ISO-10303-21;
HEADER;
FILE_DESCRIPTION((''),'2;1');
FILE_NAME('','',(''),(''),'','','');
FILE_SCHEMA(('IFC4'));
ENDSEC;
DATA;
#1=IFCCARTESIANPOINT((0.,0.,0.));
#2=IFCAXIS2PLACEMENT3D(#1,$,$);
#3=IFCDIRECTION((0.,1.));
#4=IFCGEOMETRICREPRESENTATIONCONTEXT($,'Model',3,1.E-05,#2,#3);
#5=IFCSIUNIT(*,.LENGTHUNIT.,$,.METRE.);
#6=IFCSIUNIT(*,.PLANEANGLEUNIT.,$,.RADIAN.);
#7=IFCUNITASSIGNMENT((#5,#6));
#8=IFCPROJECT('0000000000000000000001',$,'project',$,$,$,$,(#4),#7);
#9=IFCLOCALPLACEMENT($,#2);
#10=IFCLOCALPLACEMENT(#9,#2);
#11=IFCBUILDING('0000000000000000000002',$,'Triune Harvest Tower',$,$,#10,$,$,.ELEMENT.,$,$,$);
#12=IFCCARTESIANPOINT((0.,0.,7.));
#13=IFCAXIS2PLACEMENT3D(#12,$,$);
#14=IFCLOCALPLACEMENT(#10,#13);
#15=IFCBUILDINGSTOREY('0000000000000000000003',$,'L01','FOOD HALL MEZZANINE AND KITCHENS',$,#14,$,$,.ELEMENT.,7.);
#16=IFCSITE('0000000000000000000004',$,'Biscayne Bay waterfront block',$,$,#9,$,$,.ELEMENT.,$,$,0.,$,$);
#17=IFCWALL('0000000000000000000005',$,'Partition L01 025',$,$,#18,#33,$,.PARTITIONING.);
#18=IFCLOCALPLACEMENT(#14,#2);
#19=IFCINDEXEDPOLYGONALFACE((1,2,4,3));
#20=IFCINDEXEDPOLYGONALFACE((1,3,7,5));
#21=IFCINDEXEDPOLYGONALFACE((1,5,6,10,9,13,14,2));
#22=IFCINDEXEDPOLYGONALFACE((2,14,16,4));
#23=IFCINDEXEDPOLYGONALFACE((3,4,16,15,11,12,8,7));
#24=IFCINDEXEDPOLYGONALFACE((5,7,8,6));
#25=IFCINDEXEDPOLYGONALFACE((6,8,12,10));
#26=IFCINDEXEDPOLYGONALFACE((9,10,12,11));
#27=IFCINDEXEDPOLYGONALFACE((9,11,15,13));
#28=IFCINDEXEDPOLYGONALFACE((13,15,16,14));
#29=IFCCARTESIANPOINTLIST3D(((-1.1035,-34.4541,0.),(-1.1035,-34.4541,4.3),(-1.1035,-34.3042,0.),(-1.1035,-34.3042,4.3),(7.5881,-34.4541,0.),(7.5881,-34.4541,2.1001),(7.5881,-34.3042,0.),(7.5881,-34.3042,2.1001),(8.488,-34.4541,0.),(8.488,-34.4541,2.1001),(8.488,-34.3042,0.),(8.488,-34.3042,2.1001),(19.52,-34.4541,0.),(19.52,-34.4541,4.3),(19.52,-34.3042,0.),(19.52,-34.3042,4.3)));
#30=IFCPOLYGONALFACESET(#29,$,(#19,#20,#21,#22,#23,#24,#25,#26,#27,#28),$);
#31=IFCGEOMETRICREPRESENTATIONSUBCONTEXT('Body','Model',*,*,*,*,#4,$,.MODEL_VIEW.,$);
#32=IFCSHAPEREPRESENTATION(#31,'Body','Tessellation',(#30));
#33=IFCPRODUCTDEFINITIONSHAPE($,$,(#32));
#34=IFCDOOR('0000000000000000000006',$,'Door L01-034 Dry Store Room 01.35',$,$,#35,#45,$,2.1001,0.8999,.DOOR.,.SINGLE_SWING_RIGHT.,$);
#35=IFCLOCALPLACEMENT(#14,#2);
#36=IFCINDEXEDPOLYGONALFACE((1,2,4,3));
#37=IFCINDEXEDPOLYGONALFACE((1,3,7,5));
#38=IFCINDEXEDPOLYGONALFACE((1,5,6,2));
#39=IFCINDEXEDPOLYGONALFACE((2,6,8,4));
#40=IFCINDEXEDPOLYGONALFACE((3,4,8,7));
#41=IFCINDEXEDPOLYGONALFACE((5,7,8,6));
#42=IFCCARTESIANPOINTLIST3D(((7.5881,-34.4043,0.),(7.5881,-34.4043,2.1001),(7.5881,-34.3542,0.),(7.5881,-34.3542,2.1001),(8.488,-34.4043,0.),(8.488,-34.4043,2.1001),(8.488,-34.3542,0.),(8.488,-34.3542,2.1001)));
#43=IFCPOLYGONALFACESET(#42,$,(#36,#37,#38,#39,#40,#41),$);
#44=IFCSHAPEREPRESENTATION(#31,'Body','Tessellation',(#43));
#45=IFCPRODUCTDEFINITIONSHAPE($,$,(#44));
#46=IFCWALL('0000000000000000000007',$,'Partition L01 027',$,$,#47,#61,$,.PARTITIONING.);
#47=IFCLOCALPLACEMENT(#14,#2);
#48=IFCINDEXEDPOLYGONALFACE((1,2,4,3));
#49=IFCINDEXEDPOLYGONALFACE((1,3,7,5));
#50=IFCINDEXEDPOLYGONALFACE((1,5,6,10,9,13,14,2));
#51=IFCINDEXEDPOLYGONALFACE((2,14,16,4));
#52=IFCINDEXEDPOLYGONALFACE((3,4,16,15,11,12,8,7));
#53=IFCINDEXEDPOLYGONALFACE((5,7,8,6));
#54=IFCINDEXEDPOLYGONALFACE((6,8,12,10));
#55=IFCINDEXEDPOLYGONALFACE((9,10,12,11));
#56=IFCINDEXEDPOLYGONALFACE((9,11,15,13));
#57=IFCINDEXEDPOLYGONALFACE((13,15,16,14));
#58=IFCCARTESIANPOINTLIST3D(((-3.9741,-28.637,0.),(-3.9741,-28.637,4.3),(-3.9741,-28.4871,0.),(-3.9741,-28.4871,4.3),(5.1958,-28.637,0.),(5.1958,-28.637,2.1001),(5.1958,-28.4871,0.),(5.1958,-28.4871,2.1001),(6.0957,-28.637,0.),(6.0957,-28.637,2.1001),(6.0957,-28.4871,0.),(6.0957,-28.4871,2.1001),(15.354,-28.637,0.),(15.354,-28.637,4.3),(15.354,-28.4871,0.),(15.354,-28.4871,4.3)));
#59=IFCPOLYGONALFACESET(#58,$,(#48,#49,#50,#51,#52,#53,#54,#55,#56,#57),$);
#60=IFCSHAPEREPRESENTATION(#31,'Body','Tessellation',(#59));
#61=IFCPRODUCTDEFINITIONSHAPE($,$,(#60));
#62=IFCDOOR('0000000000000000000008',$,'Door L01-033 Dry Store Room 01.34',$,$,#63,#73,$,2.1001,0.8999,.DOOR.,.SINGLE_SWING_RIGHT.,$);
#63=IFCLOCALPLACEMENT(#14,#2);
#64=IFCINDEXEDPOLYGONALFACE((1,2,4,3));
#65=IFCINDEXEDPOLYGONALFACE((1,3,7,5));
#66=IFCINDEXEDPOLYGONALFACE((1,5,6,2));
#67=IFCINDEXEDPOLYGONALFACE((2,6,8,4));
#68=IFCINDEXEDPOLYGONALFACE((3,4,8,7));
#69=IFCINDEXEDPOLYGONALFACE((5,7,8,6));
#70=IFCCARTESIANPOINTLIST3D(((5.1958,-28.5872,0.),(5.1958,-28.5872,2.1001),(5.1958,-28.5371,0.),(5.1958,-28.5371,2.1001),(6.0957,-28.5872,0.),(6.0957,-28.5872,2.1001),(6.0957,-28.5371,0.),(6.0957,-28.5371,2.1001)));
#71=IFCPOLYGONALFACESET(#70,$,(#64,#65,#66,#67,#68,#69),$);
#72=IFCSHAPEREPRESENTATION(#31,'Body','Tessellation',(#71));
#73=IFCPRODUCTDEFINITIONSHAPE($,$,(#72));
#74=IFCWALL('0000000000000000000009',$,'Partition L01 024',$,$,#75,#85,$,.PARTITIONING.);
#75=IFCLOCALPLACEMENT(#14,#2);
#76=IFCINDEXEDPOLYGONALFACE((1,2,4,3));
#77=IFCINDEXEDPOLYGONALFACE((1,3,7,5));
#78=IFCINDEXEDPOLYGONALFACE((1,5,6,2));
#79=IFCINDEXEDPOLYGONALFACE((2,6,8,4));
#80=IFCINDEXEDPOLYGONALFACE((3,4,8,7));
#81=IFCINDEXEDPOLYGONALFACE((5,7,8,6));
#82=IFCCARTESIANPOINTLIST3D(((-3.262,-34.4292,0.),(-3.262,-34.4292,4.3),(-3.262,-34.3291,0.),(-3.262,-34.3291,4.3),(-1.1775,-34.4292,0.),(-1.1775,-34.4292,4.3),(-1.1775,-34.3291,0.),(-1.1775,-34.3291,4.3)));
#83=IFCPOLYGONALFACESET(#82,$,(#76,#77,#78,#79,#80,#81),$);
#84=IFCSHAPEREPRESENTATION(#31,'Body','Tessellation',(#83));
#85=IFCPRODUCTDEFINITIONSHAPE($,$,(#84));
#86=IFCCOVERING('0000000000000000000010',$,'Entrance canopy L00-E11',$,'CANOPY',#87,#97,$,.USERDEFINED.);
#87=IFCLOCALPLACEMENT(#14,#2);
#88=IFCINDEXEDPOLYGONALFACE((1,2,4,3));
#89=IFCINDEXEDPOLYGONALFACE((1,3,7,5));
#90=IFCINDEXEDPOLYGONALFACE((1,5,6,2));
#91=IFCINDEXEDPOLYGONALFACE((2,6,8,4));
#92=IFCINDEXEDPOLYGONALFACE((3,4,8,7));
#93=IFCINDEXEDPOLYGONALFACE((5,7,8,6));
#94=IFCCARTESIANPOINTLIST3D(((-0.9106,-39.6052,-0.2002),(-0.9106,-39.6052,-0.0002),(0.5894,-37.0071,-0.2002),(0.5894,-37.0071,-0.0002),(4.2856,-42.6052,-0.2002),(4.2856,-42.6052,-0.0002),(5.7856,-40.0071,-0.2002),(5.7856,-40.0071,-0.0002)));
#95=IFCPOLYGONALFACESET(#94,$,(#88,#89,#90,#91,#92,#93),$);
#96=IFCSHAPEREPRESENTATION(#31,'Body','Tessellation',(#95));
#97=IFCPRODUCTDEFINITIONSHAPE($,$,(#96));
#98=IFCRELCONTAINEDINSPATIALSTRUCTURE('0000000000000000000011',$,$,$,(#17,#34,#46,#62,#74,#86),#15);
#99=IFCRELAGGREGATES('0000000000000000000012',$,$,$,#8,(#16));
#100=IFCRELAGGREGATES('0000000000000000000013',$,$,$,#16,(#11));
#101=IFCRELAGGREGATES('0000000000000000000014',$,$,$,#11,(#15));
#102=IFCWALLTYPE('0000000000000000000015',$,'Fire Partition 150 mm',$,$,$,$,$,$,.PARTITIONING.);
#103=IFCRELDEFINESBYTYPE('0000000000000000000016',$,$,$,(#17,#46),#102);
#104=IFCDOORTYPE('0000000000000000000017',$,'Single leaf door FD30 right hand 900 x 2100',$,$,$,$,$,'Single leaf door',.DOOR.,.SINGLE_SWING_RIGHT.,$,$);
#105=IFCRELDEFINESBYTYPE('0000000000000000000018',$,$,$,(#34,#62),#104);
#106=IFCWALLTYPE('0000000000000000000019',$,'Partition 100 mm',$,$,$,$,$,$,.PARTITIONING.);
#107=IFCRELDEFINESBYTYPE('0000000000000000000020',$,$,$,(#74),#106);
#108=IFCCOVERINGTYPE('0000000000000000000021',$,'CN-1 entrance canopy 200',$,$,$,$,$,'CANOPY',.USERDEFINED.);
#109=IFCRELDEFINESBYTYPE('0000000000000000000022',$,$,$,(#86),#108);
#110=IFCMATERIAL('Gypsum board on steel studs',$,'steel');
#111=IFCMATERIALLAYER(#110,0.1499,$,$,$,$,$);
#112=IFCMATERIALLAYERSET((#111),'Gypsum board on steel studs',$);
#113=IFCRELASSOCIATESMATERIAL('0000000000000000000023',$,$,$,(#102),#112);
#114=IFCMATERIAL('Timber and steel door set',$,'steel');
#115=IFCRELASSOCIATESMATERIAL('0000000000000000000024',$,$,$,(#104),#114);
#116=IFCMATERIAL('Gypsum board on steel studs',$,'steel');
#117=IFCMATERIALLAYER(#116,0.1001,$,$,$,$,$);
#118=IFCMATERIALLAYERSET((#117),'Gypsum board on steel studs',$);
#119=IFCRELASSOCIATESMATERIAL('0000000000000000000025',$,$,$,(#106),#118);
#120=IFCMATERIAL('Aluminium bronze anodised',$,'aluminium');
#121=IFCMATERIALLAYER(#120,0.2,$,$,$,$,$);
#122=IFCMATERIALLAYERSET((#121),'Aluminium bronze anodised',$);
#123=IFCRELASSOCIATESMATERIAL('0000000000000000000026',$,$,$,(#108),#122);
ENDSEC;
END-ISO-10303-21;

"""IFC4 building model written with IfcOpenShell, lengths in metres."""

from ifc_helpers import new_model, si_unit, direction, frame, frame_2d, origin, origin_2d, place, context, subcontext, project, spatial, rectangle, extrude, source, transform, mapped, material, layer, layer_set, type_object, element, fill, save


model = new_model("IFC4")

# Units and contexts
model_context = context("Model", 3, precision=1e-05, world=origin(), true_north=direction((0.0, 1.0)))
body_context = subcontext(model_context, "Body", "Model", "MODEL_VIEW")
ifc_project = project(units=[si_unit("LENGTHUNIT", "METRE"), si_unit("PLANEANGLEUNIT", "RADIAN")], contexts=[model_context])

# Site, building, storey
site_placement = place(None, origin())
site = spatial("IfcSite", under=ifc_project, at=site_placement, Name="Biscayne Bay waterfront block", CompositionType="ELEMENT", RefElevation=0.0)
building_placement = place(site_placement, origin())
building = spatial("IfcBuilding", under=site, at=building_placement, Name="Triune Harvest Tower", CompositionType="ELEMENT")
storey_placement = place(building_placement, frame((0.0, 0.0, 7.0)))
storey = spatial("IfcBuildingStorey", under=building, at=storey_placement, Name="L01", Description="FOOD HALL MEZZANINE AND KITCHENS", CompositionType="ELEMENT", Elevation=7.0)

# Walls, openings, doors
ifc_material_1 = material(Name="Gypsum board on steel studs", Category="steel")
ifc_layer_1 = layer(ifc_material_1, 0.1499)
ifc_layer_set_1 = layer_set([ifc_layer_1], Name="Gypsum board on steel studs")
wall_type_1 = type_object("IfcWallType", Name="Fire Partition 150 mm", PredefinedType="PARTITIONING", material=ifc_layer_set_1)
ifc_material_2 = material(Name="Timber and steel door set", Category="steel")
door_type = type_object("IfcDoorType", Name="Single leaf door FD30 right hand 900 x 2100", ElementType="Single leaf door", OperationType="SINGLE_SWING_RIGHT", PredefinedType="DOOR", material=ifc_material_2)
wall_1_placement = place(storey_placement, frame((-1.1035, -34.3792, 0.0), z_axis=(0.0, 0.0, 1.0), x_axis=(1.0, 0.0, 0.0)))
wall_1 = element("IfcWall", 1, at=wall_1_placement, inside=storey, type_object=wall_type_1, Name="Partition L01 025", PredefinedType="PARTITIONING", context=body_context, shape_type="SweptSolid", body=[
    extrude(rectangle(XDim=20.6235, YDim=0.1499, at=frame_2d((10.3118, 0.0))), origin(), (0.0, 0.0, 1.0), 4.3),
])
opening_1_placement = place(wall_1_placement, frame((8.6917, 0.0, 0.0)))
opening_1 = element("IfcOpeningElement", 2, at=opening_1_placement, cuts=wall_1, PredefinedType="OPENING", context=body_context, shape_type="SweptSolid", body=[
    extrude(rectangle(XDim=0.8999, YDim=2.1001, at=frame_2d((0.45, 1.05))), frame((0.0, 0.085, 0.0), z_axis=(0.0, -1.0, 0.0), x_axis=(1.0, 0.0, 0.0)), (0.0, 0.0, 1.0), 0.1699),
])
door_1_placement = place(opening_1_placement, origin())
door_1 = element("IfcDoor", 3, at=door_1_placement, inside=storey, type_object=door_type, Name="Door L01-034 Dry Store Room 01.35", OperationType="SINGLE_SWING_RIGHT", OverallHeight=2.1001, OverallWidth=0.8999, PredefinedType="DOOR", context=body_context, shape_type="SweptSolid", body=[
    extrude(rectangle(XDim=0.8999, YDim=2.1001, at=frame_2d((0.45, 1.05))), frame((0.0, 0.0249, 0.0), z_axis=(0.0, -1.0, 0.0), x_axis=(1.0, 0.0, 0.0)), (0.0, 0.0, 1.0), 0.05),
])
fill(opening_1, door_1)
wall_2_placement = place(storey_placement, frame((-3.9741, -28.562, 0.0), z_axis=(0.0, 0.0, 1.0), x_axis=(1.0, 0.0, 0.0)))
wall_2 = element("IfcWall", 4, at=wall_2_placement, inside=storey, type_object=wall_type_1, Name="Partition L01 027", PredefinedType="PARTITIONING", context=body_context, shape_type="SweptSolid", body=[
    extrude(rectangle(XDim=19.3281, YDim=0.1499, at=frame_2d((9.6641, 0.0))), origin(), (0.0, 0.0, 1.0), 4.3),
])
opening_2_placement = place(wall_2_placement, frame((9.1699, 0.0, 0.0)))
opening_2 = element("IfcOpeningElement", 5, at=opening_2_placement, cuts=wall_2, PredefinedType="OPENING", context=body_context, shape_type="SweptSolid", body=[
    extrude(rectangle(XDim=0.8999, YDim=2.1001, at=frame_2d((0.45, 1.05))), frame((0.0, 0.085, 0.0), z_axis=(0.0, -1.0, 0.0), x_axis=(1.0, 0.0, 0.0)), (0.0, 0.0, 1.0), 0.1699),
])
door_2_placement = place(opening_2_placement, origin())
door_2 = element("IfcDoor", 6, at=door_2_placement, inside=storey, type_object=door_type, Name="Door L01-033 Dry Store Room 01.34", OperationType="SINGLE_SWING_RIGHT", OverallHeight=2.1001, OverallWidth=0.8999, PredefinedType="DOOR", context=body_context, shape_type="SweptSolid", body=[
    extrude(rectangle(XDim=0.8999, YDim=2.1001, at=frame_2d((0.45, 1.05))), frame((0.0, 0.0249, 0.0), z_axis=(0.0, -1.0, 0.0), x_axis=(1.0, 0.0, 0.0)), (0.0, 0.0, 1.0), 0.05),
])
fill(opening_2, door_2)

# Wall
ifc_material_3 = material(Name="Gypsum board on steel studs", Category="steel")
ifc_layer_2 = layer(ifc_material_3, 0.1001)
ifc_layer_set_2 = layer_set([ifc_layer_2], Name="Gypsum board on steel studs")
wall_type_2 = type_object("IfcWallType", Name="Partition 100 mm", PredefinedType="PARTITIONING", material=ifc_layer_set_2)
wall_3_placement = place(storey_placement, frame((-3.262, -34.3792, 0.0), z_axis=(0.0, 0.0, 1.0), x_axis=(1.0, 0.0, 0.0)))
element("IfcWall", 7, at=wall_3_placement, inside=storey, type_object=wall_type_2, Name="Partition L01 024", PredefinedType="PARTITIONING", context=body_context, shape_type="SweptSolid", body=[
    extrude(rectangle(XDim=2.0845, YDim=0.1001, at=frame_2d((1.0422, 0.0))), origin(), (0.0, 0.0, 1.0), 4.3),
])

# Covering
ifc_material_4 = material(Name="Aluminium bronze anodised", Category="aluminium")
ifc_layer_3 = layer(ifc_material_4, 0.2)
ifc_layer_set_3 = layer_set([ifc_layer_3], Name="Aluminium bronze anodised")
covering_type = type_object("IfcCoveringType", Name="CN-1 entrance canopy 200", ElementType="CANOPY", PredefinedType="USERDEFINED", material=ifc_layer_set_3)
shared_shape_1 = source(origin(), body_context, "Body", "SweptSolid", [
    extrude(rectangle(XDim=3.0, YDim=6.0, at=origin_2d()), origin(), (0.0, 0.0, 1.0), 0.2),
])
covering_placement = place(storey_placement, frame((2.4375, -39.8062, -0.2002), z_axis=(0.0, 0.0, 1.0), x_axis=(-0.5, -0.866025, 0.0)))
element("IfcCovering", 8, at=covering_placement, inside=storey, type_object=covering_type, Name="Entrance canopy L00-E11", ObjectType="CANOPY", PredefinedType="USERDEFINED", context=body_context, shape_type="MappedRepresentation", body=[
    mapped(shared_shape_1, transform((0.0, 0.0, 0.0), scale=1.0)),
])

save(model, "model.ifc")
